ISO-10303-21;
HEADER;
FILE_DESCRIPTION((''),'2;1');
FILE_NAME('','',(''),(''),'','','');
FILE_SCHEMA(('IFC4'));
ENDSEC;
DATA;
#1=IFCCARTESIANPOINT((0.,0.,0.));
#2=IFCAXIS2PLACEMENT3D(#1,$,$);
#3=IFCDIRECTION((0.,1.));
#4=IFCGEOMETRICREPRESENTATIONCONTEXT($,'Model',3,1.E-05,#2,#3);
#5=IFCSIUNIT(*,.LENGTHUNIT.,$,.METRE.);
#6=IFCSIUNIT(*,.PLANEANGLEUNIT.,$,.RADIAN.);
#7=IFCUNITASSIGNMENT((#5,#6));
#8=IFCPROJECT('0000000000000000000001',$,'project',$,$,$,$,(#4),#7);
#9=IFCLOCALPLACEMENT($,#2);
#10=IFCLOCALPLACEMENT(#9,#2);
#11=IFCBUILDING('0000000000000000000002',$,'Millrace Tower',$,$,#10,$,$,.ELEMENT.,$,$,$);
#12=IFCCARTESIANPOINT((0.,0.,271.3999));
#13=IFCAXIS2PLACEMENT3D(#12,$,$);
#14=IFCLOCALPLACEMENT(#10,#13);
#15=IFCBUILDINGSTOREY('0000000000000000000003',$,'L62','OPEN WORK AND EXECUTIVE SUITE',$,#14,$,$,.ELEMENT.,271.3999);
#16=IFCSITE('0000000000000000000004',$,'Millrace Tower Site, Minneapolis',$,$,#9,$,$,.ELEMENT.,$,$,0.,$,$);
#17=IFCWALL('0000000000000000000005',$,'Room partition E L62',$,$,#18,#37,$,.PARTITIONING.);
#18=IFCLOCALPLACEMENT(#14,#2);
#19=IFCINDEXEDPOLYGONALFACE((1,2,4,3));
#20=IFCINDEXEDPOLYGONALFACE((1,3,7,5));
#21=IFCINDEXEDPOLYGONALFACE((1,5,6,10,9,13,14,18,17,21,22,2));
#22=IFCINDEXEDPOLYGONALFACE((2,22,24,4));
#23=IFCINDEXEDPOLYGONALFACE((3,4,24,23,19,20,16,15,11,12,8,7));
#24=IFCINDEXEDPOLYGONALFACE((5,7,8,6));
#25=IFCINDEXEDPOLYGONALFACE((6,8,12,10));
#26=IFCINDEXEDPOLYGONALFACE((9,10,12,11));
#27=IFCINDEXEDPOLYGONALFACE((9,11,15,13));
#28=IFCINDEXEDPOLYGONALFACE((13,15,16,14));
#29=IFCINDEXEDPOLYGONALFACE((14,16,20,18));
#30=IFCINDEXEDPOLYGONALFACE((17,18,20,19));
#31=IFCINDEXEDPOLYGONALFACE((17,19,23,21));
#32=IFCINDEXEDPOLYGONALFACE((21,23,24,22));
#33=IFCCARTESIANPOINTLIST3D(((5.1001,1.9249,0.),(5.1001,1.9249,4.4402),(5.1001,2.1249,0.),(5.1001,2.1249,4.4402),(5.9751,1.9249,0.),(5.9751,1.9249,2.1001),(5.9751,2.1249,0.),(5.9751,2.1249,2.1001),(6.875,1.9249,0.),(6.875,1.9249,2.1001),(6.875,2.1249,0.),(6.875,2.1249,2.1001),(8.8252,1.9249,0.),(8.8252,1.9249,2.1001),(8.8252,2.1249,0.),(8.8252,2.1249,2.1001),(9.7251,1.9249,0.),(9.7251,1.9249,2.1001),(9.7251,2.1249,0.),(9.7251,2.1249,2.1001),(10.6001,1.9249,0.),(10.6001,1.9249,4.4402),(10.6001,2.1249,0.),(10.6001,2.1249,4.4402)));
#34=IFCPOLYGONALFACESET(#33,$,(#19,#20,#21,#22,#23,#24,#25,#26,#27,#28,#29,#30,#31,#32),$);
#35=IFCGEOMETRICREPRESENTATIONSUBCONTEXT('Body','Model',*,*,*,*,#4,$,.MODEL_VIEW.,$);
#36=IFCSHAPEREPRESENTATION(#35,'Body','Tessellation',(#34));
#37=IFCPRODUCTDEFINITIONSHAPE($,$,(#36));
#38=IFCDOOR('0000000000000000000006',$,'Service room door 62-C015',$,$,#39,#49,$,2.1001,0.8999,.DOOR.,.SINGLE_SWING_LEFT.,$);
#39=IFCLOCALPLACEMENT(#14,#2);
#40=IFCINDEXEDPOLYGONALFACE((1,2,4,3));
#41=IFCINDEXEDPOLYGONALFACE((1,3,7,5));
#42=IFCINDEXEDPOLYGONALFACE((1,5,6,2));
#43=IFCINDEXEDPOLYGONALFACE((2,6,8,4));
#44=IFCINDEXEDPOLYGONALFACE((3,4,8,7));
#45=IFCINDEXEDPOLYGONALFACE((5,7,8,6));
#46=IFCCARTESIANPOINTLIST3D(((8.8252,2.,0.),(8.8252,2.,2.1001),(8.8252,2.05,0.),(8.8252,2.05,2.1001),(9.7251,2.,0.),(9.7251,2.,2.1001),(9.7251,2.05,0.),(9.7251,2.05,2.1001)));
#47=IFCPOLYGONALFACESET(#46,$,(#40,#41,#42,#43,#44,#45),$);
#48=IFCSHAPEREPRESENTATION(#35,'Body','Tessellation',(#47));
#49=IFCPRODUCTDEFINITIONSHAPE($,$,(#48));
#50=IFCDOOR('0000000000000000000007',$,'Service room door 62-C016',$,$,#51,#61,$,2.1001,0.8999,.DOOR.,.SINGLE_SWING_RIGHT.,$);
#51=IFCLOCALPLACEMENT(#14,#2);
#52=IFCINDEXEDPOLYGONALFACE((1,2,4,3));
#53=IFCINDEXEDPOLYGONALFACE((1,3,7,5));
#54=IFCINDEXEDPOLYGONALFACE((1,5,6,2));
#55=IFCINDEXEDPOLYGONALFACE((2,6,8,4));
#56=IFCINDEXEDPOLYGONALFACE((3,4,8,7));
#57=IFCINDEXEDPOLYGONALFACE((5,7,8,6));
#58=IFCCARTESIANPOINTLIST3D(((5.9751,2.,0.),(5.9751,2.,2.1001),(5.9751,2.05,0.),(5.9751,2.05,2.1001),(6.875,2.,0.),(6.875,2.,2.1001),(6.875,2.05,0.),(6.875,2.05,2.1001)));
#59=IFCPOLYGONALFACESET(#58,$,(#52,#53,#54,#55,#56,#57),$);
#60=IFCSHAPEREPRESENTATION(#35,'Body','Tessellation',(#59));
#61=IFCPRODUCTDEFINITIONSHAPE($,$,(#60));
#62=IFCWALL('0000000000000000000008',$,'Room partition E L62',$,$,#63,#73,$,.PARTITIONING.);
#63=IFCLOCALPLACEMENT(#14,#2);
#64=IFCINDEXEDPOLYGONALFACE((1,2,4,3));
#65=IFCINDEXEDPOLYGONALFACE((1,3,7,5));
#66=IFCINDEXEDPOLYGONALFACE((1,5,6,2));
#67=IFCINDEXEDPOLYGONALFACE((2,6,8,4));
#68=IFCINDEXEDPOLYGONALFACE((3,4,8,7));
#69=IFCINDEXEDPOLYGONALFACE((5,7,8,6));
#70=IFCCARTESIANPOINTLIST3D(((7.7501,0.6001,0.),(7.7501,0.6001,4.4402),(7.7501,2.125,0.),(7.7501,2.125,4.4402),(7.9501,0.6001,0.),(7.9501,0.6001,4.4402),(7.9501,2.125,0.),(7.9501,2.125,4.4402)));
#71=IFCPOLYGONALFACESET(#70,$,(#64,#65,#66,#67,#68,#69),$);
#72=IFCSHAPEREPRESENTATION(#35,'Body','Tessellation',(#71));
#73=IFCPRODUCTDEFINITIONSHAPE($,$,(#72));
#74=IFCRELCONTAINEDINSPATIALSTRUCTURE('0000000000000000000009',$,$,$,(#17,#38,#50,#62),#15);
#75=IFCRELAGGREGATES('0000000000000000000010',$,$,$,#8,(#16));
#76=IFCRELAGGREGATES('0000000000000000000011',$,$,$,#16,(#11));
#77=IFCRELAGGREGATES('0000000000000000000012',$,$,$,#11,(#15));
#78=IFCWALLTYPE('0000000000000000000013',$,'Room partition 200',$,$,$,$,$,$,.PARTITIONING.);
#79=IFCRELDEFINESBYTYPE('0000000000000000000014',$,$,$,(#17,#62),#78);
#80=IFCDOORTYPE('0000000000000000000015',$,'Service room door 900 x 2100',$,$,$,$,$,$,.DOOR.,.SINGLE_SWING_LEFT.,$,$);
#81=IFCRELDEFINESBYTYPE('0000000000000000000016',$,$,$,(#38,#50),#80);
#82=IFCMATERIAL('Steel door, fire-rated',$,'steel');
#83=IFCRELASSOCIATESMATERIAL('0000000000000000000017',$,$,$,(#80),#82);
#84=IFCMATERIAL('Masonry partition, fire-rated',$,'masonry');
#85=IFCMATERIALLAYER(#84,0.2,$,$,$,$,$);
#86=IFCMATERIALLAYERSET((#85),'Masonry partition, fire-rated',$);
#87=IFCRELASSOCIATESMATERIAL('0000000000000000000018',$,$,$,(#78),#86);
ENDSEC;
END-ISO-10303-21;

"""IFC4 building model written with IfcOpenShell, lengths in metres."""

from ifc_helpers import new_model, si_unit, direction, frame, frame_2d, origin, place, context, subcontext, project, spatial, rectangle, extrude, material, layer, layer_set, type_object, element, fill, save


model = new_model("IFC4")

# Units and contexts
model_context = context("Model", 3, precision=1e-05, world=origin(), true_north=direction((0.0, 1.0)))
body_context = subcontext(model_context, "Body", "Model", "MODEL_VIEW")
ifc_project = project(units=[si_unit("LENGTHUNIT", "METRE"), si_unit("PLANEANGLEUNIT", "RADIAN")], contexts=[model_context])

# Site, building, storey
site_placement = place(None, origin())
site = spatial("IfcSite", under=ifc_project, at=site_placement, Name="Millrace Tower Site, Minneapolis", CompositionType="ELEMENT", RefElevation=0.0)
building_placement = place(site_placement, origin())
building = spatial("IfcBuilding", under=site, at=building_placement, Name="Millrace Tower", CompositionType="ELEMENT")
storey_placement = place(building_placement, frame((0.0, 0.0, 271.3999)))
storey = spatial("IfcBuildingStorey", under=building, at=storey_placement, Name="L62", Description="OPEN WORK AND EXECUTIVE SUITE", CompositionType="ELEMENT", Elevation=271.3999)

# Shared definitions
ifc_material_1 = material(Name="Steel door, fire-rated", Category="steel")
door_type_1 = type_object("IfcDoorType", Name="Service room door 900 x 2100", OperationType="SINGLE_SWING_LEFT", PredefinedType="DOOR", material=ifc_material_1)

# Wall, openings, doors
ifc_material_2 = material(Name="Masonry partition, fire-rated", Category="masonry")
ifc_layer_1 = layer(ifc_material_2, 0.2)
ifc_layer_set_1 = layer_set([ifc_layer_1], Name="Masonry partition, fire-rated")
wall_type_1 = type_object("IfcWallType", Name="Room partition 200", PredefinedType="PARTITIONING", material=ifc_layer_set_1)
wall_1_placement = place(storey_placement, frame((10.6001, 2.0249, 0.0), z_axis=(0.0, 0.0, 1.0), x_axis=(-1.0, 0.0, 0.0)))
wall_1 = element("IfcWall", 1, at=wall_1_placement, inside=storey, type_object=wall_type_1, Name="Room partition E L62", PredefinedType="PARTITIONING", context=body_context, shape_type="SweptSolid", body=[
    extrude(rectangle(XDim=5.5, YDim=0.2, at=frame_2d((2.75, 0.0))), origin(), (0.0, 0.0, 1.0), 4.4402),
])
opening_1_placement = place(wall_1_placement, frame((0.875, 0.0, 0.0)))
opening_1 = element("IfcOpeningElement", 2, at=opening_1_placement, cuts=wall_1, PredefinedType="OPENING", context=body_context, shape_type="SweptSolid", body=[
    extrude(rectangle(XDim=0.8999, YDim=2.1001, at=frame_2d((0.45, 1.05))), frame((0.0, 0.1099, 0.0), z_axis=(0.0, -1.0, 0.0), x_axis=(1.0, 0.0, 0.0)), (0.0, 0.0, 1.0), 0.22),
])
opening_2_placement = place(wall_1_placement, frame((3.7251, 0.0, 0.0)))
opening_2 = element("IfcOpeningElement", 3, at=opening_2_placement, cuts=wall_1, PredefinedType="OPENING", context=body_context, shape_type="SweptSolid", body=[
    extrude(rectangle(XDim=0.8999, YDim=2.1001, at=frame_2d((0.45, 1.05))), frame((0.0, 0.1099, 0.0), z_axis=(0.0, -1.0, 0.0), x_axis=(1.0, 0.0, 0.0)), (0.0, 0.0, 1.0), 0.22),
])
door_1_placement = place(opening_1_placement, origin())
door_1 = element("IfcDoor", 4, at=door_1_placement, inside=storey, type_object=door_type_1, Name="Service room door 62-C015", OperationType="SINGLE_SWING_LEFT", OverallHeight=2.1001, OverallWidth=0.8999, PredefinedType="DOOR", context=body_context, shape_type="SweptSolid", body=[
    extrude(rectangle(XDim=0.8999, YDim=2.1001, at=frame_2d((0.45, 1.05))), frame((0.0, 0.0249, 0.0), z_axis=(0.0, -1.0, 0.0), x_axis=(1.0, 0.0, 0.0)), (0.0, 0.0, 1.0), 0.05),
])
fill(opening_1, door_1)
door_2_placement = place(opening_2_placement, origin())
door_2 = element("IfcDoor", 5, at=door_2_placement, inside=storey, type_object=door_type_1, Name="Service room door 62-C016", OperationType="SINGLE_SWING_RIGHT", OverallHeight=2.1001, OverallWidth=0.8999, PredefinedType="DOOR", context=body_context, shape_type="SweptSolid", body=[
    extrude(rectangle(XDim=0.8999, YDim=2.1001, at=frame_2d((0.45, 1.05))), frame((0.0, 0.0249, 0.0), z_axis=(0.0, -1.0, 0.0), x_axis=(1.0, 0.0, 0.0)), (0.0, 0.0, 1.0), 0.05),
])
fill(opening_2, door_2)

# Wall
wall_2_placement = place(storey_placement, frame((7.8501, 2.125, 0.0), z_axis=(0.0, 0.0, 1.0), x_axis=(0.0, -1.0, 0.0)))
element("IfcWall", 6, at=wall_2_placement, inside=storey, type_object=wall_type_1, Name="Room partition E L62", PredefinedType="PARTITIONING", context=body_context, shape_type="SweptSolid", body=[
    extrude(rectangle(XDim=1.5249, YDim=0.2, at=frame_2d((0.7625, 0.0))), origin(), (0.0, 0.0, 1.0), 4.4402),
])

save(model, "model.ifc")
